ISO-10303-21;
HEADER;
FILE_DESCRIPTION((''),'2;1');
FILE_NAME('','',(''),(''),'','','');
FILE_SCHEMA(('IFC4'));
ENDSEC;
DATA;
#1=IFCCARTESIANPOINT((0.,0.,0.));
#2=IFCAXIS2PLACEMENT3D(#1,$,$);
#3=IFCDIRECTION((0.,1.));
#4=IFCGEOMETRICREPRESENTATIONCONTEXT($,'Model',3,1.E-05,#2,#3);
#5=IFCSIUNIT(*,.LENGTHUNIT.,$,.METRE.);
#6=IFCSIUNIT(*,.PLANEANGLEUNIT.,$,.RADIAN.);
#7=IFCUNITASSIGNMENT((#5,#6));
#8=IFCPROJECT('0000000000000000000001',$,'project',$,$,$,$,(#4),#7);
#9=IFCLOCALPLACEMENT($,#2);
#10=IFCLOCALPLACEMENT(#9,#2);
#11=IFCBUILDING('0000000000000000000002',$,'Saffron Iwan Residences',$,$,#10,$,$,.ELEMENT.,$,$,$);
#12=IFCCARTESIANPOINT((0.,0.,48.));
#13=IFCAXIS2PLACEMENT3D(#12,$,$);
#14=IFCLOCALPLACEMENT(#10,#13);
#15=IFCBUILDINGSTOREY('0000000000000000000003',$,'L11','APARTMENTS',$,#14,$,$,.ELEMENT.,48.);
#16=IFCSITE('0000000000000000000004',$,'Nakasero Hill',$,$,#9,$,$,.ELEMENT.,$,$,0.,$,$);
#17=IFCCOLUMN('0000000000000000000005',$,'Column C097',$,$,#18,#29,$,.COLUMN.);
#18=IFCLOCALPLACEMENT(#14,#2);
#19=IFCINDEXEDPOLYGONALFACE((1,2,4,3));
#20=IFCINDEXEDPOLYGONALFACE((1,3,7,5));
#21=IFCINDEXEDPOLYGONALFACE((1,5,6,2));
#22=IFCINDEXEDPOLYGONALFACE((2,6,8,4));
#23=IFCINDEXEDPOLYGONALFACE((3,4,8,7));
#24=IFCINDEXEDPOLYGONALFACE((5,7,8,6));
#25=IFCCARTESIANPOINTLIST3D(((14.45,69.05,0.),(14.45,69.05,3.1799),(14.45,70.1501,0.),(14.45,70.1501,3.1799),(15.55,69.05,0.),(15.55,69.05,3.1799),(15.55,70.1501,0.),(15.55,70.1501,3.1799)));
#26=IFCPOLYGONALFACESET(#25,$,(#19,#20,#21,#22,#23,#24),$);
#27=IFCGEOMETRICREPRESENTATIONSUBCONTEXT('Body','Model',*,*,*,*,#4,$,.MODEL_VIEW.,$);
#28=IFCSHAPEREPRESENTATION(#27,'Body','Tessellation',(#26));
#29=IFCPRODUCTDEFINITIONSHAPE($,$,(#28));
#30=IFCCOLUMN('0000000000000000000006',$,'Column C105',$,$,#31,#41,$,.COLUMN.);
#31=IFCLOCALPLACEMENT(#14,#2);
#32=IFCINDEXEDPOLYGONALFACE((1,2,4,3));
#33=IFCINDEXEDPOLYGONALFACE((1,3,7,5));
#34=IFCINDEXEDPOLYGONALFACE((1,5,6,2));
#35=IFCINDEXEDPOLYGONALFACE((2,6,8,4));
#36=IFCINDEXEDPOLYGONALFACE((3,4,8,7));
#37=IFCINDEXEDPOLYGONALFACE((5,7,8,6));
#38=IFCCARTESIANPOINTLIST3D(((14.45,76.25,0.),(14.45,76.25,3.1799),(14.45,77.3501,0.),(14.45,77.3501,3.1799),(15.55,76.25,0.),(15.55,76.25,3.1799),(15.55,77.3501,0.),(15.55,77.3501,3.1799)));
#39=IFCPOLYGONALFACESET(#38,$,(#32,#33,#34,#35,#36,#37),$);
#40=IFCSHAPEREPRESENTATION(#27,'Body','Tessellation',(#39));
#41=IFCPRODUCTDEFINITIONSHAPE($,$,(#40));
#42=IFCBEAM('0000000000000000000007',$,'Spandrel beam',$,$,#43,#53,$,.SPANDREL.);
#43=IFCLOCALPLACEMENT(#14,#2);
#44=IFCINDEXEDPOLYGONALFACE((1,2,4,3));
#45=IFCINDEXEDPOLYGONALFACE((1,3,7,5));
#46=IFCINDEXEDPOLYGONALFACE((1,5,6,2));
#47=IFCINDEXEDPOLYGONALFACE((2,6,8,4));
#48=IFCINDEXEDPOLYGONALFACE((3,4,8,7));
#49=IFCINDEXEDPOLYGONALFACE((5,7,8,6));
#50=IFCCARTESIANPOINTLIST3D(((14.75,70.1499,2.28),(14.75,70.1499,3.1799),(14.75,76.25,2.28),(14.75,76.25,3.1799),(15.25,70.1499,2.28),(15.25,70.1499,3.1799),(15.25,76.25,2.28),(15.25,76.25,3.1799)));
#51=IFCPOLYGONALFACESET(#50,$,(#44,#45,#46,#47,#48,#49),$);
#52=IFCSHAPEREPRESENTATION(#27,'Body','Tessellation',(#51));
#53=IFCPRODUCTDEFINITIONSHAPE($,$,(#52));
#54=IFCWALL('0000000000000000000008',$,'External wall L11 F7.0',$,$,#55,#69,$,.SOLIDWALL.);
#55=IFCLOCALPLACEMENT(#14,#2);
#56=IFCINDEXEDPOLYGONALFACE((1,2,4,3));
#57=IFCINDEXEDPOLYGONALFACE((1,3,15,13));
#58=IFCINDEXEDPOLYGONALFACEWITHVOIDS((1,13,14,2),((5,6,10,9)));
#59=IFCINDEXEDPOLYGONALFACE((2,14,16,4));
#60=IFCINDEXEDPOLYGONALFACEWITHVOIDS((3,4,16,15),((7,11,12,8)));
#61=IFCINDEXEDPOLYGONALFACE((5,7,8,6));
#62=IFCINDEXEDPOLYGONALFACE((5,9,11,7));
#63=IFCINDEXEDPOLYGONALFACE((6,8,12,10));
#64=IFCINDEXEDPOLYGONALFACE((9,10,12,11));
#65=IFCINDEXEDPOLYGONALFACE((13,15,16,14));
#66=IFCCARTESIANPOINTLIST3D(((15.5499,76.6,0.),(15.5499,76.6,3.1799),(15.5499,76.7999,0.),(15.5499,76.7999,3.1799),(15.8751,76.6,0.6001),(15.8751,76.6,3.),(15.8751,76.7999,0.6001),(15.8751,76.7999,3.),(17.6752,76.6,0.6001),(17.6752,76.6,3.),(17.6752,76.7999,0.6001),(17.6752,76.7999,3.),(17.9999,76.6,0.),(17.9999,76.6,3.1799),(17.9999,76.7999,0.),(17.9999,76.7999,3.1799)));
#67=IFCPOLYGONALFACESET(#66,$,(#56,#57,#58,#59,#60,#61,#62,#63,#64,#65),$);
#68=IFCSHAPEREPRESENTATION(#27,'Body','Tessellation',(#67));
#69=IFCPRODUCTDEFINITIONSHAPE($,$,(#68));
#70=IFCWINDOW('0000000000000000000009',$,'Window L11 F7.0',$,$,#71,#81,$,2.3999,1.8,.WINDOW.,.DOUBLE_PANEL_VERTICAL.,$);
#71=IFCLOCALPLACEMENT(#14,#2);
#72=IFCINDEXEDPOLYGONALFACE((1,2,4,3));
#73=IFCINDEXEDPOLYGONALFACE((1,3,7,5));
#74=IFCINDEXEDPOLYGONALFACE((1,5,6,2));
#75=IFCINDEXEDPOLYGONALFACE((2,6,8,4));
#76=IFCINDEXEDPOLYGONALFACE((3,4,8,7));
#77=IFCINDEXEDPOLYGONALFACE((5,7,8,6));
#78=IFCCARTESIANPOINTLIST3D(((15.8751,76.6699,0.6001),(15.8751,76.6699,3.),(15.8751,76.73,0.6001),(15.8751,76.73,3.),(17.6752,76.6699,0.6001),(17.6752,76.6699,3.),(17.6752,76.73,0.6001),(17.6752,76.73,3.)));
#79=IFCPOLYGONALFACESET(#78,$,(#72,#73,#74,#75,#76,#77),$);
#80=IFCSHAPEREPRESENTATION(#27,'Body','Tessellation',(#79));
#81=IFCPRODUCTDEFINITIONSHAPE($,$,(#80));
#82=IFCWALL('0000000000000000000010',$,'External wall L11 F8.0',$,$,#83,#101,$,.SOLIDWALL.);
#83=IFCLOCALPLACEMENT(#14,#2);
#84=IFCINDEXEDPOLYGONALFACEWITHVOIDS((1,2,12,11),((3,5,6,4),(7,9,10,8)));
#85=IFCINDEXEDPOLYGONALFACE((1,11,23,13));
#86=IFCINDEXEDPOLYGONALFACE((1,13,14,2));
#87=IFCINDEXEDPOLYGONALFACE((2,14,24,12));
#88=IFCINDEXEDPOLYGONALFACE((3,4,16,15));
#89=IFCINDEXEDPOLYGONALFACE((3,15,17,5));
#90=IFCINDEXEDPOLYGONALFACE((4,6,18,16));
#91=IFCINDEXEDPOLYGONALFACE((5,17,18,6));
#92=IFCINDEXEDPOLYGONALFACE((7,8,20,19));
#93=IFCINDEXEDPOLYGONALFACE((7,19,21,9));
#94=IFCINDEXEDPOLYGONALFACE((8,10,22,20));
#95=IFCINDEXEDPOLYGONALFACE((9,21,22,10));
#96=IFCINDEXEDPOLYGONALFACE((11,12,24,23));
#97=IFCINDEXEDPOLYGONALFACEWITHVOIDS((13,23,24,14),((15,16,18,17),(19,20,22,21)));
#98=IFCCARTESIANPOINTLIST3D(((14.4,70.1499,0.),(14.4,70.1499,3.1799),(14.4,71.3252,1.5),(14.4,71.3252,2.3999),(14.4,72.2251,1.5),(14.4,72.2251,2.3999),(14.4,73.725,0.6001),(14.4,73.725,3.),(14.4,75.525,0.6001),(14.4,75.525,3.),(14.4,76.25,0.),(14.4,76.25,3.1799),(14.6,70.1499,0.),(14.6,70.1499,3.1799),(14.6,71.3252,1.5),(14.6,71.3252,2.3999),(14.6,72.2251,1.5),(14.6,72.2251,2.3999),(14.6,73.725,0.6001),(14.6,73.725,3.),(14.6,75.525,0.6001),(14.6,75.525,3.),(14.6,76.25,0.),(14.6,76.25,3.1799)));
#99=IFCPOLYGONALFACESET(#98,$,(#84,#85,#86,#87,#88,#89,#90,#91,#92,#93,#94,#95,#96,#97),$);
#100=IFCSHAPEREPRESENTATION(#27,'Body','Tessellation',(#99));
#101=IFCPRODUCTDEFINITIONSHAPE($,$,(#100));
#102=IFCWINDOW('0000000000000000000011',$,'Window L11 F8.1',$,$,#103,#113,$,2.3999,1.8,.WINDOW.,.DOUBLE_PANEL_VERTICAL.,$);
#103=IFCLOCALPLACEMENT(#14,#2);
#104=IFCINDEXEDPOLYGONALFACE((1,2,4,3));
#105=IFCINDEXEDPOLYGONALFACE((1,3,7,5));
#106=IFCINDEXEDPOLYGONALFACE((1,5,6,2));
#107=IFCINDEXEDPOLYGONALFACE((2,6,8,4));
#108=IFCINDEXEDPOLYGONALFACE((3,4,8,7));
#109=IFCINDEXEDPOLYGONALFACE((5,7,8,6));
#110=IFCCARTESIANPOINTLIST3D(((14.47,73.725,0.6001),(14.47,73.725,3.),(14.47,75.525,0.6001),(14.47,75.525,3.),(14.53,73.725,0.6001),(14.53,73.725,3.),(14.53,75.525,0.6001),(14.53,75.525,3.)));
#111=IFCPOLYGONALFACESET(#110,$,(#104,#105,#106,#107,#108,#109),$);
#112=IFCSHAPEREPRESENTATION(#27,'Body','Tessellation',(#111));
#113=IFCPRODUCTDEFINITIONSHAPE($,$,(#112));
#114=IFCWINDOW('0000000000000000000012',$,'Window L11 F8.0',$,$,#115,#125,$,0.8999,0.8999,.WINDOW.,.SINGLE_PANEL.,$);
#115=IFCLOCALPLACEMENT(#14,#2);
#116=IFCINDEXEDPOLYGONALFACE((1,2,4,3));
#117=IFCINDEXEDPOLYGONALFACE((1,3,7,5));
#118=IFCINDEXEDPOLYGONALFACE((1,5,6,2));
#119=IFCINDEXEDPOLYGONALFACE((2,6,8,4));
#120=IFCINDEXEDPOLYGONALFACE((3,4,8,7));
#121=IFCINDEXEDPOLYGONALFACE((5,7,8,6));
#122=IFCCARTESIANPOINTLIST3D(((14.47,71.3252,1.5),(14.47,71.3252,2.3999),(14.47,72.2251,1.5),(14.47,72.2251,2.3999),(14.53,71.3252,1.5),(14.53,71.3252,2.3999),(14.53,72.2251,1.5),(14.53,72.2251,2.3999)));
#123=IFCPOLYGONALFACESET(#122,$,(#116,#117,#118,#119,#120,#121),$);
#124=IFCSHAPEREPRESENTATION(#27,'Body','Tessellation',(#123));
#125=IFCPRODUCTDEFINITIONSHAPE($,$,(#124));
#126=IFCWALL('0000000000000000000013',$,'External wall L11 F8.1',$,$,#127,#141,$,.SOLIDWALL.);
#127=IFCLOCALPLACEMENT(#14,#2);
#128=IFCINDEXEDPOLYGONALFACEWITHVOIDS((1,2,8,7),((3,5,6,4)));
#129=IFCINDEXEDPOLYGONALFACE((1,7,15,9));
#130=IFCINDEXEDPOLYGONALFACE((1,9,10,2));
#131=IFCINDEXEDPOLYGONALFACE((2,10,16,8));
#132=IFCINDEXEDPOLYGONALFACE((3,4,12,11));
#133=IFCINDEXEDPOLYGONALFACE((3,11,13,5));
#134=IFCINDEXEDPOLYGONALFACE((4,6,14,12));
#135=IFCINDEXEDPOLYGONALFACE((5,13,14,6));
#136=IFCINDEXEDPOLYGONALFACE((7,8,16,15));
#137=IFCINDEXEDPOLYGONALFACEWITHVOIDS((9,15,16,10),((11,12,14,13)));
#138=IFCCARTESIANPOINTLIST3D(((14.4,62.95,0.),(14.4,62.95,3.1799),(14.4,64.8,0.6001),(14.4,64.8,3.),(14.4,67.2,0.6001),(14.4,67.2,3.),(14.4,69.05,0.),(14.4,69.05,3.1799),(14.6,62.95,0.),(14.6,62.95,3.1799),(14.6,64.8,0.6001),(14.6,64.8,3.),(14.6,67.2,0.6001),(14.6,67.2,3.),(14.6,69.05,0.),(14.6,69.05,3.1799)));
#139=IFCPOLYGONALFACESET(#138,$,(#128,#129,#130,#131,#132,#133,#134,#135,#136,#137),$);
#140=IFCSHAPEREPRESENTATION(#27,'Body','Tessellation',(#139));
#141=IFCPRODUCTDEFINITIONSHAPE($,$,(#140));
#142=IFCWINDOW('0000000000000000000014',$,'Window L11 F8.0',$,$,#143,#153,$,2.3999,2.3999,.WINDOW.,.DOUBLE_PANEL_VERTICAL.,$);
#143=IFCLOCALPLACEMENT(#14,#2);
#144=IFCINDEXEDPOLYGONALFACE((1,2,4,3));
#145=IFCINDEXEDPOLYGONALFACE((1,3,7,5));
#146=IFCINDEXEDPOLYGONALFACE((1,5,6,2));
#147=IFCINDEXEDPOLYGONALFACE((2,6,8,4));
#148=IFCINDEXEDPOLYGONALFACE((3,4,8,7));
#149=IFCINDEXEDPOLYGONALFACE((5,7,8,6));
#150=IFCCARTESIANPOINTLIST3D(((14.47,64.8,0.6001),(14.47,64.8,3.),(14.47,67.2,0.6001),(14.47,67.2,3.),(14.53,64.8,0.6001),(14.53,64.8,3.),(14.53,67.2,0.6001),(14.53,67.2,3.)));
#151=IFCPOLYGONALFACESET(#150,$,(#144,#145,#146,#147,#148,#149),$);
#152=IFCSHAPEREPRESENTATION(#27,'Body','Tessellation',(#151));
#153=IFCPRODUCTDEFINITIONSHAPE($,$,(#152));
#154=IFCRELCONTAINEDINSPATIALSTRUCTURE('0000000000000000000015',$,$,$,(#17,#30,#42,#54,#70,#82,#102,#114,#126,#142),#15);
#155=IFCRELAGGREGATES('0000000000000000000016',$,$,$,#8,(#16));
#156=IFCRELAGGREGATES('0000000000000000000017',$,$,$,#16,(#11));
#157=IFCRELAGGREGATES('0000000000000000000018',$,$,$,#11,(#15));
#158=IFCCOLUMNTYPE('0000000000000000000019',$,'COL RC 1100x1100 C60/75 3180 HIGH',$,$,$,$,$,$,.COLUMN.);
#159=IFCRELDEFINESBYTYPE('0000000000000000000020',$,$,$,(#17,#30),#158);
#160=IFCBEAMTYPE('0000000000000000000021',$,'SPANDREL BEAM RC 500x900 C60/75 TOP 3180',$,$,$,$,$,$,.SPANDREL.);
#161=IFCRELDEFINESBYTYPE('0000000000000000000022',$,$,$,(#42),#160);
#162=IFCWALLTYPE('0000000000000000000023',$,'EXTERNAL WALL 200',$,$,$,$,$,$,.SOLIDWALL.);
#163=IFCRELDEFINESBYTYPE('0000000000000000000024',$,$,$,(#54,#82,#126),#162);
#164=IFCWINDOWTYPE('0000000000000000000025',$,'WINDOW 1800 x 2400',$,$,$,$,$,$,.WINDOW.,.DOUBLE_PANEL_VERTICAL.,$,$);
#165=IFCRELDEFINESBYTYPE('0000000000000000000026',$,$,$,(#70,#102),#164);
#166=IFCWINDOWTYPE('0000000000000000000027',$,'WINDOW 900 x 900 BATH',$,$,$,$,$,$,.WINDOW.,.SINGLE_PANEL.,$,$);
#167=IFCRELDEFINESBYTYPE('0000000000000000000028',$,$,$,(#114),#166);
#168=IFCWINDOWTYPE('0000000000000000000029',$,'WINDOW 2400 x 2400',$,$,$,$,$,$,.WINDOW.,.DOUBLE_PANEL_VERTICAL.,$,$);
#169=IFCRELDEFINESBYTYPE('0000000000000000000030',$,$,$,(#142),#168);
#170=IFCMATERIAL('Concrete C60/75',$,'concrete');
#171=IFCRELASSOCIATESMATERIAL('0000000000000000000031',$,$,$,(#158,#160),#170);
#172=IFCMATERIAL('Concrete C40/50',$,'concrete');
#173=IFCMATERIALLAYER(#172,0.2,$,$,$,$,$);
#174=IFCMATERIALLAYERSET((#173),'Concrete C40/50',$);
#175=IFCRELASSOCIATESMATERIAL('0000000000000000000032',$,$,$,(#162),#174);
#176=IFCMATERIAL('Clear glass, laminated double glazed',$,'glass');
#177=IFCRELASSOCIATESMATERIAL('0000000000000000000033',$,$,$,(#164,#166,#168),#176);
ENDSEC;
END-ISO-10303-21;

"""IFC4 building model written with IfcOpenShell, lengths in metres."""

from ifc_helpers import new_model, si_unit, direction, frame, frame_2d, origin, origin_2d, place, context, subcontext, project, spatial, rectangle, extrude, source, transform, mapped, material, layer, layer_set, material_profile, profile_set, type_object, element, fill, save


model = new_model("IFC4")

# Units and contexts
model_context = context("Model", 3, precision=1e-05, world=origin(), true_north=direction((0.0, 1.0)))
body_context = subcontext(model_context, "Body", "Model", "MODEL_VIEW")
ifc_project = project(units=[si_unit("LENGTHUNIT", "METRE"), si_unit("PLANEANGLEUNIT", "RADIAN")], contexts=[model_context])

# Site, building, storey
site_placement = place(None, origin())
site = spatial("IfcSite", under=ifc_project, at=site_placement, Name="Nakasero Hill", CompositionType="ELEMENT", RefElevation=0.0)
building_placement = place(site_placement, origin())
building = spatial("IfcBuilding", under=site, at=building_placement, Name="Saffron Iwan Residences", CompositionType="ELEMENT")
storey_placement = place(building_placement, frame((0.0, 0.0, 48.0)))
storey = spatial("IfcBuildingStorey", under=building, at=storey_placement, Name="L11", Description="APARTMENTS", CompositionType="ELEMENT", Elevation=48.0)

# Columns
ifc_material_1 = material(Name="Concrete C60/75", Category="concrete")
ifc_material_profile_1 = material_profile(ifc_material_1, rectangle(XDim=1.1001, YDim=1.1001, at=origin_2d()), Name="RC 1100x1100")
ifc_profile_set_1 = profile_set([ifc_material_profile_1], Name="Concrete C60/75")
column_type = type_object("IfcColumnType", Name="COL RC 1100x1100 C60/75 3180 HIGH", PredefinedType="COLUMN", material=ifc_profile_set_1)
shared_shape_1 = source(origin(), body_context, "Body", "SweptSolid", [
    extrude(rectangle(XDim=1.1001, YDim=1.1001, at=origin_2d()), origin(), (0.0, 0.0, 1.0), 3.1799),
])
for number, where, z_axis, x_axis, name in (
    (1, (15.0, 69.6001, 0.0), (0.0, 0.0, 1.0), (1.0, 0.0, 0.0), "Column C097"),
    (2, (15.0, 76.8, 0.0), (0.0, 0.0, 1.0), (1.0, 0.0, 0.0), "Column C105"),
):
    element("IfcColumn", number, at=place(storey_placement, frame(where, z_axis=z_axis, x_axis=x_axis)), inside=storey, type_object=column_type, Name=name, PredefinedType="COLUMN", context=body_context, shape_type="MappedRepresentation", body=[
        mapped(shared_shape_1, transform((0.0, 0.0, 0.0))),
    ])

# Beam
ifc_material_profile_2 = material_profile(ifc_material_1, rectangle(XDim=0.5, YDim=0.8999, at=origin_2d()), Name="RC 500x900")
ifc_profile_set_2 = profile_set([ifc_material_profile_2], Name="Concrete C60/75")
beam_type = type_object("IfcBeamType", Name="SPANDREL BEAM RC 500x900 C60/75 TOP 3180", PredefinedType="SPANDREL", material=ifc_profile_set_2)
shared_shape_2 = source(origin(), body_context, "Body", "SweptSolid", [
    extrude(rectangle(XDim=0.5, YDim=0.8999, at=origin_2d()), origin(), (0.0, 0.0, 1.0), 6.1001),
])
beam_placement = place(storey_placement, frame((15.0, 70.1499, 2.73), z_axis=(0.0, 1.0, 0.0), x_axis=(-1.0, 0.0, 0.0)))
element("IfcBeam", 3, at=beam_placement, inside=storey, type_object=beam_type, Name="Spandrel beam", PredefinedType="SPANDREL", context=body_context, shape_type="MappedRepresentation", body=[
    mapped(shared_shape_2, transform((0.0, 0.0, 0.0))),
])

# Wall, opening, window
ifc_material_2 = material(Name="Concrete C40/50", Category="concrete")
ifc_layer_1 = layer(ifc_material_2, 0.2)
ifc_layer_set_1 = layer_set([ifc_layer_1], Name="Concrete C40/50")
wall_type_1 = type_object("IfcWallType", Name="EXTERNAL WALL 200", PredefinedType="SOLIDWALL", material=ifc_layer_set_1)
wall_1_placement = place(storey_placement, frame((18.0, 76.7, 0.0), z_axis=(0.0, 0.0, 1.0), x_axis=(-1.0, 0.0, 0.0)))
wall_1 = element("IfcWall", 4, at=wall_1_placement, inside=storey, type_object=wall_type_1, Name="External wall L11 F7.0", PredefinedType="SOLIDWALL", context=body_context, shape_type="SweptSolid", body=[
    extrude(rectangle(XDim=2.45, YDim=0.2, at=frame_2d((1.2251, 0.0))), origin(), (0.0, 0.0, 1.0), 3.1799),
])
opening_1_placement = place(wall_1_placement, frame((0.325, 0.0, 0.6001)))
opening_1 = element("IfcOpeningElement", 5, at=opening_1_placement, cuts=wall_1, PredefinedType="OPENING", context=body_context, shape_type="SweptSolid", body=[
    extrude(rectangle(XDim=1.8, YDim=2.3999, at=frame_2d((0.8999, 1.2))), frame((0.0, 0.1099, 0.0), z_axis=(0.0, -1.0, 0.0), x_axis=(1.0, 0.0, 0.0)), (0.0, 0.0, 1.0), 0.22),
])
ifc_material_3 = material(Name="Clear glass, laminated double glazed", Category="glass")
window_type_1 = type_object("IfcWindowType", Name="WINDOW 1800 x 2400", PartitioningType="DOUBLE_PANEL_VERTICAL", PredefinedType="WINDOW", material=ifc_material_3)
window_1_placement = place(opening_1_placement, origin())
window_1 = element("IfcWindow", 6, at=window_1_placement, inside=storey, type_object=window_type_1, Name="Window L11 F7.0", OverallHeight=2.3999, OverallWidth=1.8, PartitioningType="DOUBLE_PANEL_VERTICAL", PredefinedType="WINDOW", context=body_context, shape_type="SweptSolid", body=[
    extrude(rectangle(XDim=1.8, YDim=2.3999, at=frame_2d((0.8999, 1.2))), frame((0.0, 0.03, 0.0), z_axis=(0.0, -1.0, 0.0), x_axis=(1.0, 0.0, 0.0)), (0.0, 0.0, 1.0), 0.0601),
])
fill(opening_1, window_1)

# Wall, openings, windows
wall_2_placement = place(storey_placement, frame((14.5, 76.25, 0.0), z_axis=(0.0, 0.0, 1.0), x_axis=(0.0, -1.0, 0.0)))
wall_2 = element("IfcWall", 7, at=wall_2_placement, inside=storey, type_object=wall_type_1, Name="External wall L11 F8.0", PredefinedType="SOLIDWALL", context=body_context, shape_type="SweptSolid", body=[
    extrude(rectangle(XDim=6.1001, YDim=0.2, at=frame_2d((3.05, 0.0))), origin(), (0.0, 0.0, 1.0), 3.1799),
])
opening_2_placement = place(wall_2_placement, frame((4.0249, 0.0, 1.5)))
opening_2 = element("IfcOpeningElement", 8, at=opening_2_placement, cuts=wall_2, PredefinedType="OPENING", context=body_context, shape_type="SweptSolid", body=[
    extrude(rectangle(XDim=0.8999, YDim=0.8999, at=frame_2d((0.45, 0.45))), frame((0.0, 0.1099, 0.0), z_axis=(0.0, -1.0, 0.0), x_axis=(1.0, 0.0, 0.0)), (0.0, 0.0, 1.0), 0.22),
])
opening_3_placement = place(wall_2_placement, frame((0.7251, 0.0, 0.6001)))
opening_3 = element("IfcOpeningElement", 9, at=opening_3_placement, cuts=wall_2, PredefinedType="OPENING", context=body_context, shape_type="SweptSolid", body=[
    extrude(rectangle(XDim=1.8, YDim=2.3999, at=frame_2d((0.8999, 1.2))), frame((0.0, 0.1099, 0.0), z_axis=(0.0, -1.0, 0.0), x_axis=(1.0, 0.0, 0.0)), (0.0, 0.0, 1.0), 0.22),
])
window_2_placement = place(opening_3_placement, origin())
window_2 = element("IfcWindow", 10, at=window_2_placement, inside=storey, type_object=window_type_1, Name="Window L11 F8.1", OverallHeight=2.3999, OverallWidth=1.8, PartitioningType="DOUBLE_PANEL_VERTICAL", PredefinedType="WINDOW", context=body_context, shape_type="SweptSolid", body=[
    extrude(rectangle(XDim=1.8, YDim=2.3999, at=frame_2d((0.8999, 1.2))), frame((0.0, 0.03, 0.0), z_axis=(0.0, -1.0, 0.0), x_axis=(1.0, 0.0, 0.0)), (0.0, 0.0, 1.0), 0.0601),
])
fill(opening_3, window_2)
window_type_2 = type_object("IfcWindowType", Name="WINDOW 900 x 900 BATH", PartitioningType="SINGLE_PANEL", PredefinedType="WINDOW", material=ifc_material_3)
window_3_placement = place(opening_2_placement, origin())
window_3 = element("IfcWindow", 11, at=window_3_placement, inside=storey, type_object=window_type_2, Name="Window L11 F8.0", OverallHeight=0.8999, OverallWidth=0.8999, PartitioningType="SINGLE_PANEL", PredefinedType="WINDOW", context=body_context, shape_type="SweptSolid", body=[
    extrude(rectangle(XDim=0.8999, YDim=0.8999, at=frame_2d((0.45, 0.45))), frame((0.0, 0.03, 0.0), z_axis=(0.0, -1.0, 0.0), x_axis=(1.0, 0.0, 0.0)), (0.0, 0.0, 1.0), 0.0601),
])
fill(opening_2, window_3)

# Wall, opening, window
wall_3_placement = place(storey_placement, frame((14.5, 69.05, 0.0), z_axis=(0.0, 0.0, 1.0), x_axis=(0.0, -1.0, 0.0)))
wall_3 = element("IfcWall", 12, at=wall_3_placement, inside=storey, type_object=wall_type_1, Name="External wall L11 F8.1", PredefinedType="SOLIDWALL", context=body_context, shape_type="SweptSolid", body=[
    extrude(rectangle(XDim=6.1001, YDim=0.2, at=frame_2d((3.05, 0.0))), origin(), (0.0, 0.0, 1.0), 3.1799),
])
opening_4_placement = place(wall_3_placement, frame((1.8501, 0.0, 0.6001)))
opening_4 = element("IfcOpeningElement", 13, at=opening_4_placement, cuts=wall_3, PredefinedType="OPENING", context=body_context, shape_type="SweptSolid", body=[
    extrude(rectangle(XDim=2.3999, YDim=2.3999, at=frame_2d((1.2, 1.2))), frame((0.0, 0.1099, 0.0), z_axis=(0.0, -1.0, 0.0), x_axis=(1.0, 0.0, 0.0)), (0.0, 0.0, 1.0), 0.22),
])
window_type_3 = type_object("IfcWindowType", Name="WINDOW 2400 x 2400", PartitioningType="DOUBLE_PANEL_VERTICAL", PredefinedType="WINDOW", material=ifc_material_3)
window_4_placement = place(opening_4_placement, origin())
window_4 = element("IfcWindow", 14, at=window_4_placement, inside=storey, type_object=window_type_3, Name="Window L11 F8.0", OverallHeight=2.3999, OverallWidth=2.3999, PartitioningType="DOUBLE_PANEL_VERTICAL", PredefinedType="WINDOW", context=body_context, shape_type="SweptSolid", body=[
    extrude(rectangle(XDim=2.3999, YDim=2.3999, at=frame_2d((1.2, 1.2))), frame((0.0, 0.03, 0.0), z_axis=(0.0, -1.0, 0.0), x_axis=(1.0, 0.0, 0.0)), (0.0, 0.0, 1.0), 0.0601),
])
fill(opening_4, window_4)

save(model, "model.ifc")
